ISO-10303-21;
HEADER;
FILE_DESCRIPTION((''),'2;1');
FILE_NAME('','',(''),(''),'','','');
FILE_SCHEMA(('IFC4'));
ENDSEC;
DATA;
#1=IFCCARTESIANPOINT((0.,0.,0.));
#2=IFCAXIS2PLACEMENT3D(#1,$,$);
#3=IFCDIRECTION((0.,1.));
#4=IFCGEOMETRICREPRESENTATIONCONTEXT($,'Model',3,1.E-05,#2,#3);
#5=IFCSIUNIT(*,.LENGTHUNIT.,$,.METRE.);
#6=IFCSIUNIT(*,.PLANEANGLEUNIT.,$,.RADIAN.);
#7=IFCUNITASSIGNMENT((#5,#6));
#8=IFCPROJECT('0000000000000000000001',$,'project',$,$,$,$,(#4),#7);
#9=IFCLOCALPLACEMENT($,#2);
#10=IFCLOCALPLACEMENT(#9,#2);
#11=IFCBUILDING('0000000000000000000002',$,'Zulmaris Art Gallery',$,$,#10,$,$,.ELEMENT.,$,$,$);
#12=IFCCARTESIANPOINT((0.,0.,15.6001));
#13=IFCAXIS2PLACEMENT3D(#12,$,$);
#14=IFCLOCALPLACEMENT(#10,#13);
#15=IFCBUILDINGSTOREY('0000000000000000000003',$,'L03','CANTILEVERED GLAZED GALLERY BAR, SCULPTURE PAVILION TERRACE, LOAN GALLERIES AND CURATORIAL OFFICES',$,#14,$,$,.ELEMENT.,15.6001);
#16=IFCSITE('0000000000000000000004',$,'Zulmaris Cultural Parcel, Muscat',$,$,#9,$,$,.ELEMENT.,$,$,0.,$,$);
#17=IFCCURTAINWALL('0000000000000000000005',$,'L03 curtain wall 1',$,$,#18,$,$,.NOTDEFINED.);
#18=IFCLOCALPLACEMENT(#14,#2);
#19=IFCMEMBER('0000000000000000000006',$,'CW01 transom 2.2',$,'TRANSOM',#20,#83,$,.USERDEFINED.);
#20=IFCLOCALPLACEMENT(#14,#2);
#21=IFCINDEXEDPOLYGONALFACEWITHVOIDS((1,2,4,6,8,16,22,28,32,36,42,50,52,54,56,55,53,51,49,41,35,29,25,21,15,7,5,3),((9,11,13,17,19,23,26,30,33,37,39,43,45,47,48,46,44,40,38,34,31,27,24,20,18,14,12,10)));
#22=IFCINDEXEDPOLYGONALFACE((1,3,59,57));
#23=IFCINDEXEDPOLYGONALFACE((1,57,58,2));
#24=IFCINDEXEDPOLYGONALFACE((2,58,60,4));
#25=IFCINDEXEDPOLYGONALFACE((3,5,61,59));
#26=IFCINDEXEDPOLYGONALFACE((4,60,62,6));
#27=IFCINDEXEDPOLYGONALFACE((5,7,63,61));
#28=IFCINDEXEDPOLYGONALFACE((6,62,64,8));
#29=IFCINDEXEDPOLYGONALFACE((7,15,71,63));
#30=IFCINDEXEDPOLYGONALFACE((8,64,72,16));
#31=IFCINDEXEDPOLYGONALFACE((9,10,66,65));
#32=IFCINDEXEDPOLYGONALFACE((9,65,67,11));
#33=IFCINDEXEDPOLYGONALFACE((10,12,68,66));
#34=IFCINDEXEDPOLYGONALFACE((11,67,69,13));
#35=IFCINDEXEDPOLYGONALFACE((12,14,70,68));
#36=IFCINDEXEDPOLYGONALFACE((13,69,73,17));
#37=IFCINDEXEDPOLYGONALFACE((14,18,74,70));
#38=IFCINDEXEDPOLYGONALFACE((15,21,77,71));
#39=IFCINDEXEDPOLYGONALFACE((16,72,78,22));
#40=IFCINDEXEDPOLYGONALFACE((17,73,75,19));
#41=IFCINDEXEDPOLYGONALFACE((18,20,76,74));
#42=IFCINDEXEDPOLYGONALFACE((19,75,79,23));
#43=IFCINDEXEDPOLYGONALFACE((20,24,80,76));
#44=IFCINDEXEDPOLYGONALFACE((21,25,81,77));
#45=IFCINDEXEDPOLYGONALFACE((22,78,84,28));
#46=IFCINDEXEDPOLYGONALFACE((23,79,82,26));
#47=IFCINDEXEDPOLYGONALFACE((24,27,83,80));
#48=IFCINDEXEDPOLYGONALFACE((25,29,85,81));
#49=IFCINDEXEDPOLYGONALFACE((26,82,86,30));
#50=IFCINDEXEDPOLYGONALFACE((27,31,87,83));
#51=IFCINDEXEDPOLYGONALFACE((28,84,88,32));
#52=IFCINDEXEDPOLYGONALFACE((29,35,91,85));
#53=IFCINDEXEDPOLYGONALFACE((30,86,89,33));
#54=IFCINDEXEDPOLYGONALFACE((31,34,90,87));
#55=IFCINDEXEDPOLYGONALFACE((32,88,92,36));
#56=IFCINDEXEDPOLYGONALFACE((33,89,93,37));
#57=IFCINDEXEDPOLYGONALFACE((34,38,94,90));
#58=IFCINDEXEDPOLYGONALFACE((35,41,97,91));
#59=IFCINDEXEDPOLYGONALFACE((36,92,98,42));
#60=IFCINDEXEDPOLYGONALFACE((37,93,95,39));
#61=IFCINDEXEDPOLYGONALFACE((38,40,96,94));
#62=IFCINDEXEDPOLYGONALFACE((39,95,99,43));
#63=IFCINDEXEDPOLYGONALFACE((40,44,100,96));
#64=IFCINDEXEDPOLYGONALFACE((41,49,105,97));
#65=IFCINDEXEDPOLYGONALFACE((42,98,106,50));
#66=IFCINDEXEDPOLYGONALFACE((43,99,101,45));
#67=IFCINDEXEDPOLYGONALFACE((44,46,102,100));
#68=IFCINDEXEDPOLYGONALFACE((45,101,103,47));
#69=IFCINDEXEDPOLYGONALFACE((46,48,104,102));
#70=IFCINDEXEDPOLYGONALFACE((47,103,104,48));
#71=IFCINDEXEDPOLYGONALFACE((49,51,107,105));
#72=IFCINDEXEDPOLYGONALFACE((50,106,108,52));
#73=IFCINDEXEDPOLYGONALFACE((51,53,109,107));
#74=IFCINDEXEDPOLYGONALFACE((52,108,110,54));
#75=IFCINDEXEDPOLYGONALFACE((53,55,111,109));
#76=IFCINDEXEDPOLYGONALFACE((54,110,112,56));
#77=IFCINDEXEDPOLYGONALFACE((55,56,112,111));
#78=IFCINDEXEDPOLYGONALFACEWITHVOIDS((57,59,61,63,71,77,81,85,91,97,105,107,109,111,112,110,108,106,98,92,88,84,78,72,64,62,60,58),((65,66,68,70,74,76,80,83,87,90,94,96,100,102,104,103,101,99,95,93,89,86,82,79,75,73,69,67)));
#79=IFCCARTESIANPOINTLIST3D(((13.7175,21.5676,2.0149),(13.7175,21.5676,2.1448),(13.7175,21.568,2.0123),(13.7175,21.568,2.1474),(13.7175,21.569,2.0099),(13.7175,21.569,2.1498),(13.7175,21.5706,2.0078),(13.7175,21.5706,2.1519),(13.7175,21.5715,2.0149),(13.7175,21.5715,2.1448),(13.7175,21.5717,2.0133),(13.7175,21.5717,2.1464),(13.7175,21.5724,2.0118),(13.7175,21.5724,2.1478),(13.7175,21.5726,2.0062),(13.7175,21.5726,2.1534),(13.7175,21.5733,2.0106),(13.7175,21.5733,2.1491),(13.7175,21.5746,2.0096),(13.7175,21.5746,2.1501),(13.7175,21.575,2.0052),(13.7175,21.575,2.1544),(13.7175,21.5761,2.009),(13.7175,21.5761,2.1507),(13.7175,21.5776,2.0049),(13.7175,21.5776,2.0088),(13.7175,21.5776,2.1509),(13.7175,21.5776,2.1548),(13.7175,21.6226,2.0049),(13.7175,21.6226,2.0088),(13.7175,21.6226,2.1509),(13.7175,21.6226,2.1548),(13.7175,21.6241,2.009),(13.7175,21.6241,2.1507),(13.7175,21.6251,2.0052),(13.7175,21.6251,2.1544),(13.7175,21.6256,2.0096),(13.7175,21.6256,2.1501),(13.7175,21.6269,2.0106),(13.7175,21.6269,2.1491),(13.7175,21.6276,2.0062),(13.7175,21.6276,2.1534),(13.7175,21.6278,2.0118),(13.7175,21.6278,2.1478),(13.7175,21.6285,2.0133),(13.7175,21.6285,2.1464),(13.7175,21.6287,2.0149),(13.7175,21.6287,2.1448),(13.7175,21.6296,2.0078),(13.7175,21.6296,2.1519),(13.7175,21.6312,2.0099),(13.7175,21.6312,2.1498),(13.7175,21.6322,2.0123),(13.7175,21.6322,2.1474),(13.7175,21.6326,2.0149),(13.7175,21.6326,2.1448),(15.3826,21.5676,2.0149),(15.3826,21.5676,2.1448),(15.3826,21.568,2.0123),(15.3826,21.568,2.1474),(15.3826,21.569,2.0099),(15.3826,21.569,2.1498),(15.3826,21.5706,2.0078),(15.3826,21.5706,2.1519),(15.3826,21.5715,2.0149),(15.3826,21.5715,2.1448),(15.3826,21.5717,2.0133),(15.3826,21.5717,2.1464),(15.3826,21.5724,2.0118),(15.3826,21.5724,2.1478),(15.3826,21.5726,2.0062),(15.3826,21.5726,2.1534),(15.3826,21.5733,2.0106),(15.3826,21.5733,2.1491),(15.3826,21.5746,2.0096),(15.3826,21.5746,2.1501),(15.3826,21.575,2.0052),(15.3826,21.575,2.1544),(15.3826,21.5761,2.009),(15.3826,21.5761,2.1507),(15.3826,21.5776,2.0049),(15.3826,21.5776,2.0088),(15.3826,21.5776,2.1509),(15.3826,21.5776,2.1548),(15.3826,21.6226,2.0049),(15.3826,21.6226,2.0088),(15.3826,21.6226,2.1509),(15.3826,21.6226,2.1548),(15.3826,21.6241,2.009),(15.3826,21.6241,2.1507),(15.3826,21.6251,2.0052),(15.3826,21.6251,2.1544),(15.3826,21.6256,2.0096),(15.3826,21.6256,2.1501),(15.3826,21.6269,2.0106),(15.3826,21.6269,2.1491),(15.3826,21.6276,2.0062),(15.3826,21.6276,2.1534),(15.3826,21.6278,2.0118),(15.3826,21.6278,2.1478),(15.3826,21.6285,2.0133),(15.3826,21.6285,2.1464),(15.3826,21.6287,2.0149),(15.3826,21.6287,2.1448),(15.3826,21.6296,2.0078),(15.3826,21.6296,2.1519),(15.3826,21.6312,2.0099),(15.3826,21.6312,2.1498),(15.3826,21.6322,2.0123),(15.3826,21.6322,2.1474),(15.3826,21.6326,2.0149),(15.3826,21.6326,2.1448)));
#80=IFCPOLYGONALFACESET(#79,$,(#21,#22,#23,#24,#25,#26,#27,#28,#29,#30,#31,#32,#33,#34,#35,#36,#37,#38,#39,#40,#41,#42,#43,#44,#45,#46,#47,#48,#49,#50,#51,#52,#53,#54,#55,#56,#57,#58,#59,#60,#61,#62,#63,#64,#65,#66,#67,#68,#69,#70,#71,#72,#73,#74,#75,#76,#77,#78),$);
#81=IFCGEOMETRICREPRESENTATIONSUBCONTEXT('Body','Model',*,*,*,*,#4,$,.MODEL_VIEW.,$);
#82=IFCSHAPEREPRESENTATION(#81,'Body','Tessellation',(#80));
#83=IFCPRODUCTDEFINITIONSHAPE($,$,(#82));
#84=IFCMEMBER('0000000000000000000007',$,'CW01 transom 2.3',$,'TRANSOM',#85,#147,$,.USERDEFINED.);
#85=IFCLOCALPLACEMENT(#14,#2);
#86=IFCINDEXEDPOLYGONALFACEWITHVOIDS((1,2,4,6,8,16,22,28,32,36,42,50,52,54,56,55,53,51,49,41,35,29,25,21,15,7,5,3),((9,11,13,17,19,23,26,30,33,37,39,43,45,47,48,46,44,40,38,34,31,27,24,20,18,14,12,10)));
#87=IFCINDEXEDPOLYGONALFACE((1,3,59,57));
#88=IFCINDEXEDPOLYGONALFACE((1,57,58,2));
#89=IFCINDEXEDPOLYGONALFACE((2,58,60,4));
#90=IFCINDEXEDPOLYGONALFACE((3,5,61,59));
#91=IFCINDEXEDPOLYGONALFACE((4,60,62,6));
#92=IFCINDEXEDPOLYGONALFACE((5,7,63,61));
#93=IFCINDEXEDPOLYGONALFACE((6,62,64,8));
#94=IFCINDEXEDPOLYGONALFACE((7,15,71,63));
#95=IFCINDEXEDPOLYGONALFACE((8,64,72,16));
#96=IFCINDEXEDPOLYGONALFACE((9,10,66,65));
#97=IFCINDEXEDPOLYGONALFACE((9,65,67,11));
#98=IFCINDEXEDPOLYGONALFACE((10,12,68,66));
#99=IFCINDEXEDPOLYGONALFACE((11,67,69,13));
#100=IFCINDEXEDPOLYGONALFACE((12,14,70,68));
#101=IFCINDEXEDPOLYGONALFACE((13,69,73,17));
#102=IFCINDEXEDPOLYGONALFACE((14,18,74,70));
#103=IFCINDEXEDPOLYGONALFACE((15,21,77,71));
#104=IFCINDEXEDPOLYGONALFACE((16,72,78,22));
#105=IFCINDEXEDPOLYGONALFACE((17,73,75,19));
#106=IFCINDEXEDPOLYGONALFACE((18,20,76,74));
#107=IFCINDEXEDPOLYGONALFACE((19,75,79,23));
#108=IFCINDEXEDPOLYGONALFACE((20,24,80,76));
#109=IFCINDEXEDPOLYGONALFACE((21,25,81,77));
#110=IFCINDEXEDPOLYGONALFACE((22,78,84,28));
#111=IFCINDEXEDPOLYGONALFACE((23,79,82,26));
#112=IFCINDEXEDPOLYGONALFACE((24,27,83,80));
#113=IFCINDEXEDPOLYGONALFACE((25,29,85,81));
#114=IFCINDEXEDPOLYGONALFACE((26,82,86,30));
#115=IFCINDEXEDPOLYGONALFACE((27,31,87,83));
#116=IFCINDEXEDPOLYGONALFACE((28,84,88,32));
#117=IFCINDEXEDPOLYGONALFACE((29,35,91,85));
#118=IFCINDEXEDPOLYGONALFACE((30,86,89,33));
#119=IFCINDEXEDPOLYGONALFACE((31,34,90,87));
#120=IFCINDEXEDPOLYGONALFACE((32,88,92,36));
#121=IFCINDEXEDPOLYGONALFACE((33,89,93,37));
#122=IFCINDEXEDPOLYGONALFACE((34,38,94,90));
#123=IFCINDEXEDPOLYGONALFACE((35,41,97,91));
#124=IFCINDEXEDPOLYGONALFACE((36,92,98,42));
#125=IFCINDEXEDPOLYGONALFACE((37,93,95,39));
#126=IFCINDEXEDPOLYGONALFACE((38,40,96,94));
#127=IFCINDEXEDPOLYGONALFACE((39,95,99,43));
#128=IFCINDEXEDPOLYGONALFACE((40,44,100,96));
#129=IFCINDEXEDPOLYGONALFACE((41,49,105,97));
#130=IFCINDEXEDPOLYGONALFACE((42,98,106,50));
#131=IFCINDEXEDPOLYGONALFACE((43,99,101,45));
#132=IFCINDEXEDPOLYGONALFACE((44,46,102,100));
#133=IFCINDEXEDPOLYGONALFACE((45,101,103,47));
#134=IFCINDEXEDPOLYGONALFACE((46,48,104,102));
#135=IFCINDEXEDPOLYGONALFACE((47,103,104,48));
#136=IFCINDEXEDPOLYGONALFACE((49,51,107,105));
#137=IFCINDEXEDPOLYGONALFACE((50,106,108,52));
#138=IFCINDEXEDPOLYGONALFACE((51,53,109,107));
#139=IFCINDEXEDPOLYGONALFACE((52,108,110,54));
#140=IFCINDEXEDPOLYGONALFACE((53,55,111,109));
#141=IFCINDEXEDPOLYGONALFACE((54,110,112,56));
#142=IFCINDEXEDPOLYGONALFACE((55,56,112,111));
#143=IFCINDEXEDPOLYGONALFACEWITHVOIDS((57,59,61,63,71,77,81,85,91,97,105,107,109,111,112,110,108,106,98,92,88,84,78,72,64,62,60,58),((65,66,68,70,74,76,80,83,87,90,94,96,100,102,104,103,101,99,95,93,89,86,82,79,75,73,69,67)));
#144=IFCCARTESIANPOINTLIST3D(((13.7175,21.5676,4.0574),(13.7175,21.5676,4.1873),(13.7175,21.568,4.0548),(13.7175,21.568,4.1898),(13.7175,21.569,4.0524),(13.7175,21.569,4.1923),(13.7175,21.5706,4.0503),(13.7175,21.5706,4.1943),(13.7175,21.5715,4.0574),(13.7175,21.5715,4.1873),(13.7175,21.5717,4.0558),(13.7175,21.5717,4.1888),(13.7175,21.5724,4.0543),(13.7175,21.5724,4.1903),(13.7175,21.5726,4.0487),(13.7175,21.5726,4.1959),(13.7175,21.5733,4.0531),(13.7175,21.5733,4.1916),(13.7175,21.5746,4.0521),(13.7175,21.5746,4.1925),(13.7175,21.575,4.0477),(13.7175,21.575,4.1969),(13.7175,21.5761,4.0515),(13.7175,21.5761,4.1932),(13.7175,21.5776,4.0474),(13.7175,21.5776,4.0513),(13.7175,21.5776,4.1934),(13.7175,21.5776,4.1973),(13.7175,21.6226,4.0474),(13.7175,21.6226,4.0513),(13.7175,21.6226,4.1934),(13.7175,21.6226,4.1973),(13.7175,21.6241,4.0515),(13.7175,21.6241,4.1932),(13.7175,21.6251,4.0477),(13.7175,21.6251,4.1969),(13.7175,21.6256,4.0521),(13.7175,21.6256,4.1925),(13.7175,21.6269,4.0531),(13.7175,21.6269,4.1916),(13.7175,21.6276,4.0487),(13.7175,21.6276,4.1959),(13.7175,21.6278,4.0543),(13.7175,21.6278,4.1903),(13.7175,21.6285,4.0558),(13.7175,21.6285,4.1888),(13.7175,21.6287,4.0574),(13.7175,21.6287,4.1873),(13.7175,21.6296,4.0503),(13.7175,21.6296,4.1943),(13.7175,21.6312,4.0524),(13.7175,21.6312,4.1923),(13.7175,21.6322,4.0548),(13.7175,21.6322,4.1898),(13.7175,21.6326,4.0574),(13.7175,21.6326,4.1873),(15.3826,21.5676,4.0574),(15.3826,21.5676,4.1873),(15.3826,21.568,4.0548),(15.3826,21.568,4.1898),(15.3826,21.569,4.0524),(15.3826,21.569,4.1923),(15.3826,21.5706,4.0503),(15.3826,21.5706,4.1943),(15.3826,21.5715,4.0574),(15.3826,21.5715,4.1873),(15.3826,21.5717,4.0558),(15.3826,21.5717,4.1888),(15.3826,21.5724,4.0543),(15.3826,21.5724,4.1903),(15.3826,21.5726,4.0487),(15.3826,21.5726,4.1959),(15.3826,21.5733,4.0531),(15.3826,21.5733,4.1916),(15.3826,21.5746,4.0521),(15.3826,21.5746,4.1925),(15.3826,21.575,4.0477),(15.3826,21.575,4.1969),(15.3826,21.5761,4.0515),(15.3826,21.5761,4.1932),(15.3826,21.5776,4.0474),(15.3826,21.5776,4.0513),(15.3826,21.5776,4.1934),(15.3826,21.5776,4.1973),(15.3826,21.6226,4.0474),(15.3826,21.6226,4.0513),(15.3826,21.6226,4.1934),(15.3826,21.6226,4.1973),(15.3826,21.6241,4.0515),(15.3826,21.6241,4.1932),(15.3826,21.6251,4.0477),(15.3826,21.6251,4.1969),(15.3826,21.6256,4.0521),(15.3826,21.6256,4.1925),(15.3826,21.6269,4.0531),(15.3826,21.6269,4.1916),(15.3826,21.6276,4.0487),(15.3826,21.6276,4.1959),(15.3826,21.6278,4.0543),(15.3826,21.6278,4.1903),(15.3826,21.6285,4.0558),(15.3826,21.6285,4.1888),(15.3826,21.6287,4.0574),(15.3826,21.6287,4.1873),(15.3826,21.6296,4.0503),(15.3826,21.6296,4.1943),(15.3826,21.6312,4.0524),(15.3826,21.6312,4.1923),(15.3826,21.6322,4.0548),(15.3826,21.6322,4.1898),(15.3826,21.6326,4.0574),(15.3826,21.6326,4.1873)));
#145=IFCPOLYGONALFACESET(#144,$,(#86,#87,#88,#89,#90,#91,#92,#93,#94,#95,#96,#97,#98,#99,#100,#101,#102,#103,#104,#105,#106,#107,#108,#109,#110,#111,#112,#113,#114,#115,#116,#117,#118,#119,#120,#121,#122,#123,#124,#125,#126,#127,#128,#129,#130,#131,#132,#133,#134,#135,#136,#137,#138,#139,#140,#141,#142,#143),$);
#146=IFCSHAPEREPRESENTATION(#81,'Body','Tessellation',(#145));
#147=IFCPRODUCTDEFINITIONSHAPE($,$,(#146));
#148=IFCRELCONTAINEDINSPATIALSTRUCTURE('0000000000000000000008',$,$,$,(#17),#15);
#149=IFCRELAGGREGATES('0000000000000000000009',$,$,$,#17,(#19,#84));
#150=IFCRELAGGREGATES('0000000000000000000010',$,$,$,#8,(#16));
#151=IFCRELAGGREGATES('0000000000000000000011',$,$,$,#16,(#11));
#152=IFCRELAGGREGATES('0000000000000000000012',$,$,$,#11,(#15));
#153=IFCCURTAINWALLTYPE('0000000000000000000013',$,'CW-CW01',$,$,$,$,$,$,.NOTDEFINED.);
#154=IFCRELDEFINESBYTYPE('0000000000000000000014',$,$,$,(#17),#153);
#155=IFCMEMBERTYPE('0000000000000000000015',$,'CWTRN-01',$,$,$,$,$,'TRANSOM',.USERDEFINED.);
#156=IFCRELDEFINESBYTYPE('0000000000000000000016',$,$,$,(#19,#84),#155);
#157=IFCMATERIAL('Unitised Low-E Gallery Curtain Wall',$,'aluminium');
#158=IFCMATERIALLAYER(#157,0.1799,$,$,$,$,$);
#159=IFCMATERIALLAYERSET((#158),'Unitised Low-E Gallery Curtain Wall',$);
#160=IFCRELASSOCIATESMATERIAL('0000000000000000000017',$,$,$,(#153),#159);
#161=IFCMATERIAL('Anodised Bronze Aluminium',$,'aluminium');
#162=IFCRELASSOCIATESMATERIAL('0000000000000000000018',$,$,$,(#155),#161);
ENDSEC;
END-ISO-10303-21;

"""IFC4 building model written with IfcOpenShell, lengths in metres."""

from ifc_helpers import new_model, si_unit, direction, frame, origin, origin_2d, place, context, subcontext, project, spatial, hollow_rectangle, extrude, material, layer, layer_set, material_profile, profile_set, type_object, element, aggregate, save


model = new_model("IFC4")

# Units and contexts
model_context = context("Model", 3, precision=1e-05, world=origin(), true_north=direction((0.0, 1.0)))
body_context = subcontext(model_context, "Body", "Model", "MODEL_VIEW")
ifc_project = project(units=[si_unit("LENGTHUNIT", "METRE"), si_unit("PLANEANGLEUNIT", "RADIAN")], contexts=[model_context])

# Site, building, storey
site_placement = place(None, origin())
site = spatial("IfcSite", under=ifc_project, at=site_placement, Name="Zulmaris Cultural Parcel, Muscat", CompositionType="ELEMENT", RefElevation=0.0)
building_placement = place(site_placement, origin())
building = spatial("IfcBuilding", under=site, at=building_placement, Name="Zulmaris Art Gallery", CompositionType="ELEMENT")
storey_placement = place(building_placement, frame((0.0, 0.0, 15.6001)))
storey = spatial("IfcBuildingStorey", under=building, at=storey_placement, Name="L03", Description="CANTILEVERED GLAZED GALLERY BAR, SCULPTURE PAVILION TERRACE, LOAN GALLERIES AND CURATORIAL OFFICES", CompositionType="ELEMENT", Elevation=15.6001)

# Curtain wall
ifc_material_1 = material(Name="Unitised Low-E Gallery Curtain Wall", Category="aluminium")
ifc_layer_1 = layer(ifc_material_1, 0.1799)
ifc_layer_set_1 = layer_set([ifc_layer_1], Name="Unitised Low-E Gallery Curtain Wall")
curtain_wall_type = type_object("IfcCurtainWallType", Name="CW-CW01", PredefinedType="NOTDEFINED", material=ifc_layer_set_1)
curtain_wall_1_placement = place(storey_placement, origin())
curtain_wall_1 = element("IfcCurtainWall", 1, at=curtain_wall_1_placement, inside=storey, type_object=curtain_wall_type, Name="L03 curtain wall 1", PredefinedType="NOTDEFINED")
ifc_material_2 = material(Name="Anodised Bronze Aluminium", Category="aluminium")

# Members
ifc_material_profile_1 = material_profile(ifc_material_2, hollow_rectangle(XDim=0.0649, YDim=0.1499, WallThickness=0.0039, InnerFilletRadius=0.0061, OuterFilletRadius=0.01, at=origin_2d()), Name="ALU 65x150x4")
ifc_profile_set_1 = profile_set([ifc_material_profile_1], Name="Anodised Bronze Aluminium")
member_type_1 = type_object("IfcMemberType", Name="CWTRN-01", ElementType="TRANSOM", PredefinedType="USERDEFINED", material=ifc_profile_set_1)
member_1_placement = place(storey_placement, frame((13.7175, 21.6001, 2.0798), z_axis=(1.0, 0.0, 0.0), x_axis=(0.0, 1.0, 0.0)))
member_1 = element("IfcMember", 2, at=member_1_placement, type_object=member_type_1, Name="CW01 transom 2.2", ObjectType="TRANSOM", PredefinedType="USERDEFINED", context=body_context, shape_type="SweptSolid", body=[
    extrude(hollow_rectangle(XDim=0.0649, YDim=0.1499, WallThickness=0.0039, InnerFilletRadius=0.0061, OuterFilletRadius=0.01, at=origin_2d()), origin(), (0.0, 0.0, 1.0), 1.665),
])
member_2_placement = place(storey_placement, frame((13.7175, 21.6001, 4.1223), z_axis=(1.0, 0.0, 0.0), x_axis=(0.0, 1.0, 0.0)))
member_2 = element("IfcMember", 3, at=member_2_placement, type_object=member_type_1, Name="CW01 transom 2.3", ObjectType="TRANSOM", PredefinedType="USERDEFINED", context=body_context, shape_type="SweptSolid", body=[
    extrude(hollow_rectangle(XDim=0.0649, YDim=0.1499, WallThickness=0.0039, InnerFilletRadius=0.0061, OuterFilletRadius=0.01, at=origin_2d()), origin(), (0.0, 0.0, 1.0), 1.665),
])

aggregate(curtain_wall_1, [member_1, member_2])

save(model, "model.ifc")
